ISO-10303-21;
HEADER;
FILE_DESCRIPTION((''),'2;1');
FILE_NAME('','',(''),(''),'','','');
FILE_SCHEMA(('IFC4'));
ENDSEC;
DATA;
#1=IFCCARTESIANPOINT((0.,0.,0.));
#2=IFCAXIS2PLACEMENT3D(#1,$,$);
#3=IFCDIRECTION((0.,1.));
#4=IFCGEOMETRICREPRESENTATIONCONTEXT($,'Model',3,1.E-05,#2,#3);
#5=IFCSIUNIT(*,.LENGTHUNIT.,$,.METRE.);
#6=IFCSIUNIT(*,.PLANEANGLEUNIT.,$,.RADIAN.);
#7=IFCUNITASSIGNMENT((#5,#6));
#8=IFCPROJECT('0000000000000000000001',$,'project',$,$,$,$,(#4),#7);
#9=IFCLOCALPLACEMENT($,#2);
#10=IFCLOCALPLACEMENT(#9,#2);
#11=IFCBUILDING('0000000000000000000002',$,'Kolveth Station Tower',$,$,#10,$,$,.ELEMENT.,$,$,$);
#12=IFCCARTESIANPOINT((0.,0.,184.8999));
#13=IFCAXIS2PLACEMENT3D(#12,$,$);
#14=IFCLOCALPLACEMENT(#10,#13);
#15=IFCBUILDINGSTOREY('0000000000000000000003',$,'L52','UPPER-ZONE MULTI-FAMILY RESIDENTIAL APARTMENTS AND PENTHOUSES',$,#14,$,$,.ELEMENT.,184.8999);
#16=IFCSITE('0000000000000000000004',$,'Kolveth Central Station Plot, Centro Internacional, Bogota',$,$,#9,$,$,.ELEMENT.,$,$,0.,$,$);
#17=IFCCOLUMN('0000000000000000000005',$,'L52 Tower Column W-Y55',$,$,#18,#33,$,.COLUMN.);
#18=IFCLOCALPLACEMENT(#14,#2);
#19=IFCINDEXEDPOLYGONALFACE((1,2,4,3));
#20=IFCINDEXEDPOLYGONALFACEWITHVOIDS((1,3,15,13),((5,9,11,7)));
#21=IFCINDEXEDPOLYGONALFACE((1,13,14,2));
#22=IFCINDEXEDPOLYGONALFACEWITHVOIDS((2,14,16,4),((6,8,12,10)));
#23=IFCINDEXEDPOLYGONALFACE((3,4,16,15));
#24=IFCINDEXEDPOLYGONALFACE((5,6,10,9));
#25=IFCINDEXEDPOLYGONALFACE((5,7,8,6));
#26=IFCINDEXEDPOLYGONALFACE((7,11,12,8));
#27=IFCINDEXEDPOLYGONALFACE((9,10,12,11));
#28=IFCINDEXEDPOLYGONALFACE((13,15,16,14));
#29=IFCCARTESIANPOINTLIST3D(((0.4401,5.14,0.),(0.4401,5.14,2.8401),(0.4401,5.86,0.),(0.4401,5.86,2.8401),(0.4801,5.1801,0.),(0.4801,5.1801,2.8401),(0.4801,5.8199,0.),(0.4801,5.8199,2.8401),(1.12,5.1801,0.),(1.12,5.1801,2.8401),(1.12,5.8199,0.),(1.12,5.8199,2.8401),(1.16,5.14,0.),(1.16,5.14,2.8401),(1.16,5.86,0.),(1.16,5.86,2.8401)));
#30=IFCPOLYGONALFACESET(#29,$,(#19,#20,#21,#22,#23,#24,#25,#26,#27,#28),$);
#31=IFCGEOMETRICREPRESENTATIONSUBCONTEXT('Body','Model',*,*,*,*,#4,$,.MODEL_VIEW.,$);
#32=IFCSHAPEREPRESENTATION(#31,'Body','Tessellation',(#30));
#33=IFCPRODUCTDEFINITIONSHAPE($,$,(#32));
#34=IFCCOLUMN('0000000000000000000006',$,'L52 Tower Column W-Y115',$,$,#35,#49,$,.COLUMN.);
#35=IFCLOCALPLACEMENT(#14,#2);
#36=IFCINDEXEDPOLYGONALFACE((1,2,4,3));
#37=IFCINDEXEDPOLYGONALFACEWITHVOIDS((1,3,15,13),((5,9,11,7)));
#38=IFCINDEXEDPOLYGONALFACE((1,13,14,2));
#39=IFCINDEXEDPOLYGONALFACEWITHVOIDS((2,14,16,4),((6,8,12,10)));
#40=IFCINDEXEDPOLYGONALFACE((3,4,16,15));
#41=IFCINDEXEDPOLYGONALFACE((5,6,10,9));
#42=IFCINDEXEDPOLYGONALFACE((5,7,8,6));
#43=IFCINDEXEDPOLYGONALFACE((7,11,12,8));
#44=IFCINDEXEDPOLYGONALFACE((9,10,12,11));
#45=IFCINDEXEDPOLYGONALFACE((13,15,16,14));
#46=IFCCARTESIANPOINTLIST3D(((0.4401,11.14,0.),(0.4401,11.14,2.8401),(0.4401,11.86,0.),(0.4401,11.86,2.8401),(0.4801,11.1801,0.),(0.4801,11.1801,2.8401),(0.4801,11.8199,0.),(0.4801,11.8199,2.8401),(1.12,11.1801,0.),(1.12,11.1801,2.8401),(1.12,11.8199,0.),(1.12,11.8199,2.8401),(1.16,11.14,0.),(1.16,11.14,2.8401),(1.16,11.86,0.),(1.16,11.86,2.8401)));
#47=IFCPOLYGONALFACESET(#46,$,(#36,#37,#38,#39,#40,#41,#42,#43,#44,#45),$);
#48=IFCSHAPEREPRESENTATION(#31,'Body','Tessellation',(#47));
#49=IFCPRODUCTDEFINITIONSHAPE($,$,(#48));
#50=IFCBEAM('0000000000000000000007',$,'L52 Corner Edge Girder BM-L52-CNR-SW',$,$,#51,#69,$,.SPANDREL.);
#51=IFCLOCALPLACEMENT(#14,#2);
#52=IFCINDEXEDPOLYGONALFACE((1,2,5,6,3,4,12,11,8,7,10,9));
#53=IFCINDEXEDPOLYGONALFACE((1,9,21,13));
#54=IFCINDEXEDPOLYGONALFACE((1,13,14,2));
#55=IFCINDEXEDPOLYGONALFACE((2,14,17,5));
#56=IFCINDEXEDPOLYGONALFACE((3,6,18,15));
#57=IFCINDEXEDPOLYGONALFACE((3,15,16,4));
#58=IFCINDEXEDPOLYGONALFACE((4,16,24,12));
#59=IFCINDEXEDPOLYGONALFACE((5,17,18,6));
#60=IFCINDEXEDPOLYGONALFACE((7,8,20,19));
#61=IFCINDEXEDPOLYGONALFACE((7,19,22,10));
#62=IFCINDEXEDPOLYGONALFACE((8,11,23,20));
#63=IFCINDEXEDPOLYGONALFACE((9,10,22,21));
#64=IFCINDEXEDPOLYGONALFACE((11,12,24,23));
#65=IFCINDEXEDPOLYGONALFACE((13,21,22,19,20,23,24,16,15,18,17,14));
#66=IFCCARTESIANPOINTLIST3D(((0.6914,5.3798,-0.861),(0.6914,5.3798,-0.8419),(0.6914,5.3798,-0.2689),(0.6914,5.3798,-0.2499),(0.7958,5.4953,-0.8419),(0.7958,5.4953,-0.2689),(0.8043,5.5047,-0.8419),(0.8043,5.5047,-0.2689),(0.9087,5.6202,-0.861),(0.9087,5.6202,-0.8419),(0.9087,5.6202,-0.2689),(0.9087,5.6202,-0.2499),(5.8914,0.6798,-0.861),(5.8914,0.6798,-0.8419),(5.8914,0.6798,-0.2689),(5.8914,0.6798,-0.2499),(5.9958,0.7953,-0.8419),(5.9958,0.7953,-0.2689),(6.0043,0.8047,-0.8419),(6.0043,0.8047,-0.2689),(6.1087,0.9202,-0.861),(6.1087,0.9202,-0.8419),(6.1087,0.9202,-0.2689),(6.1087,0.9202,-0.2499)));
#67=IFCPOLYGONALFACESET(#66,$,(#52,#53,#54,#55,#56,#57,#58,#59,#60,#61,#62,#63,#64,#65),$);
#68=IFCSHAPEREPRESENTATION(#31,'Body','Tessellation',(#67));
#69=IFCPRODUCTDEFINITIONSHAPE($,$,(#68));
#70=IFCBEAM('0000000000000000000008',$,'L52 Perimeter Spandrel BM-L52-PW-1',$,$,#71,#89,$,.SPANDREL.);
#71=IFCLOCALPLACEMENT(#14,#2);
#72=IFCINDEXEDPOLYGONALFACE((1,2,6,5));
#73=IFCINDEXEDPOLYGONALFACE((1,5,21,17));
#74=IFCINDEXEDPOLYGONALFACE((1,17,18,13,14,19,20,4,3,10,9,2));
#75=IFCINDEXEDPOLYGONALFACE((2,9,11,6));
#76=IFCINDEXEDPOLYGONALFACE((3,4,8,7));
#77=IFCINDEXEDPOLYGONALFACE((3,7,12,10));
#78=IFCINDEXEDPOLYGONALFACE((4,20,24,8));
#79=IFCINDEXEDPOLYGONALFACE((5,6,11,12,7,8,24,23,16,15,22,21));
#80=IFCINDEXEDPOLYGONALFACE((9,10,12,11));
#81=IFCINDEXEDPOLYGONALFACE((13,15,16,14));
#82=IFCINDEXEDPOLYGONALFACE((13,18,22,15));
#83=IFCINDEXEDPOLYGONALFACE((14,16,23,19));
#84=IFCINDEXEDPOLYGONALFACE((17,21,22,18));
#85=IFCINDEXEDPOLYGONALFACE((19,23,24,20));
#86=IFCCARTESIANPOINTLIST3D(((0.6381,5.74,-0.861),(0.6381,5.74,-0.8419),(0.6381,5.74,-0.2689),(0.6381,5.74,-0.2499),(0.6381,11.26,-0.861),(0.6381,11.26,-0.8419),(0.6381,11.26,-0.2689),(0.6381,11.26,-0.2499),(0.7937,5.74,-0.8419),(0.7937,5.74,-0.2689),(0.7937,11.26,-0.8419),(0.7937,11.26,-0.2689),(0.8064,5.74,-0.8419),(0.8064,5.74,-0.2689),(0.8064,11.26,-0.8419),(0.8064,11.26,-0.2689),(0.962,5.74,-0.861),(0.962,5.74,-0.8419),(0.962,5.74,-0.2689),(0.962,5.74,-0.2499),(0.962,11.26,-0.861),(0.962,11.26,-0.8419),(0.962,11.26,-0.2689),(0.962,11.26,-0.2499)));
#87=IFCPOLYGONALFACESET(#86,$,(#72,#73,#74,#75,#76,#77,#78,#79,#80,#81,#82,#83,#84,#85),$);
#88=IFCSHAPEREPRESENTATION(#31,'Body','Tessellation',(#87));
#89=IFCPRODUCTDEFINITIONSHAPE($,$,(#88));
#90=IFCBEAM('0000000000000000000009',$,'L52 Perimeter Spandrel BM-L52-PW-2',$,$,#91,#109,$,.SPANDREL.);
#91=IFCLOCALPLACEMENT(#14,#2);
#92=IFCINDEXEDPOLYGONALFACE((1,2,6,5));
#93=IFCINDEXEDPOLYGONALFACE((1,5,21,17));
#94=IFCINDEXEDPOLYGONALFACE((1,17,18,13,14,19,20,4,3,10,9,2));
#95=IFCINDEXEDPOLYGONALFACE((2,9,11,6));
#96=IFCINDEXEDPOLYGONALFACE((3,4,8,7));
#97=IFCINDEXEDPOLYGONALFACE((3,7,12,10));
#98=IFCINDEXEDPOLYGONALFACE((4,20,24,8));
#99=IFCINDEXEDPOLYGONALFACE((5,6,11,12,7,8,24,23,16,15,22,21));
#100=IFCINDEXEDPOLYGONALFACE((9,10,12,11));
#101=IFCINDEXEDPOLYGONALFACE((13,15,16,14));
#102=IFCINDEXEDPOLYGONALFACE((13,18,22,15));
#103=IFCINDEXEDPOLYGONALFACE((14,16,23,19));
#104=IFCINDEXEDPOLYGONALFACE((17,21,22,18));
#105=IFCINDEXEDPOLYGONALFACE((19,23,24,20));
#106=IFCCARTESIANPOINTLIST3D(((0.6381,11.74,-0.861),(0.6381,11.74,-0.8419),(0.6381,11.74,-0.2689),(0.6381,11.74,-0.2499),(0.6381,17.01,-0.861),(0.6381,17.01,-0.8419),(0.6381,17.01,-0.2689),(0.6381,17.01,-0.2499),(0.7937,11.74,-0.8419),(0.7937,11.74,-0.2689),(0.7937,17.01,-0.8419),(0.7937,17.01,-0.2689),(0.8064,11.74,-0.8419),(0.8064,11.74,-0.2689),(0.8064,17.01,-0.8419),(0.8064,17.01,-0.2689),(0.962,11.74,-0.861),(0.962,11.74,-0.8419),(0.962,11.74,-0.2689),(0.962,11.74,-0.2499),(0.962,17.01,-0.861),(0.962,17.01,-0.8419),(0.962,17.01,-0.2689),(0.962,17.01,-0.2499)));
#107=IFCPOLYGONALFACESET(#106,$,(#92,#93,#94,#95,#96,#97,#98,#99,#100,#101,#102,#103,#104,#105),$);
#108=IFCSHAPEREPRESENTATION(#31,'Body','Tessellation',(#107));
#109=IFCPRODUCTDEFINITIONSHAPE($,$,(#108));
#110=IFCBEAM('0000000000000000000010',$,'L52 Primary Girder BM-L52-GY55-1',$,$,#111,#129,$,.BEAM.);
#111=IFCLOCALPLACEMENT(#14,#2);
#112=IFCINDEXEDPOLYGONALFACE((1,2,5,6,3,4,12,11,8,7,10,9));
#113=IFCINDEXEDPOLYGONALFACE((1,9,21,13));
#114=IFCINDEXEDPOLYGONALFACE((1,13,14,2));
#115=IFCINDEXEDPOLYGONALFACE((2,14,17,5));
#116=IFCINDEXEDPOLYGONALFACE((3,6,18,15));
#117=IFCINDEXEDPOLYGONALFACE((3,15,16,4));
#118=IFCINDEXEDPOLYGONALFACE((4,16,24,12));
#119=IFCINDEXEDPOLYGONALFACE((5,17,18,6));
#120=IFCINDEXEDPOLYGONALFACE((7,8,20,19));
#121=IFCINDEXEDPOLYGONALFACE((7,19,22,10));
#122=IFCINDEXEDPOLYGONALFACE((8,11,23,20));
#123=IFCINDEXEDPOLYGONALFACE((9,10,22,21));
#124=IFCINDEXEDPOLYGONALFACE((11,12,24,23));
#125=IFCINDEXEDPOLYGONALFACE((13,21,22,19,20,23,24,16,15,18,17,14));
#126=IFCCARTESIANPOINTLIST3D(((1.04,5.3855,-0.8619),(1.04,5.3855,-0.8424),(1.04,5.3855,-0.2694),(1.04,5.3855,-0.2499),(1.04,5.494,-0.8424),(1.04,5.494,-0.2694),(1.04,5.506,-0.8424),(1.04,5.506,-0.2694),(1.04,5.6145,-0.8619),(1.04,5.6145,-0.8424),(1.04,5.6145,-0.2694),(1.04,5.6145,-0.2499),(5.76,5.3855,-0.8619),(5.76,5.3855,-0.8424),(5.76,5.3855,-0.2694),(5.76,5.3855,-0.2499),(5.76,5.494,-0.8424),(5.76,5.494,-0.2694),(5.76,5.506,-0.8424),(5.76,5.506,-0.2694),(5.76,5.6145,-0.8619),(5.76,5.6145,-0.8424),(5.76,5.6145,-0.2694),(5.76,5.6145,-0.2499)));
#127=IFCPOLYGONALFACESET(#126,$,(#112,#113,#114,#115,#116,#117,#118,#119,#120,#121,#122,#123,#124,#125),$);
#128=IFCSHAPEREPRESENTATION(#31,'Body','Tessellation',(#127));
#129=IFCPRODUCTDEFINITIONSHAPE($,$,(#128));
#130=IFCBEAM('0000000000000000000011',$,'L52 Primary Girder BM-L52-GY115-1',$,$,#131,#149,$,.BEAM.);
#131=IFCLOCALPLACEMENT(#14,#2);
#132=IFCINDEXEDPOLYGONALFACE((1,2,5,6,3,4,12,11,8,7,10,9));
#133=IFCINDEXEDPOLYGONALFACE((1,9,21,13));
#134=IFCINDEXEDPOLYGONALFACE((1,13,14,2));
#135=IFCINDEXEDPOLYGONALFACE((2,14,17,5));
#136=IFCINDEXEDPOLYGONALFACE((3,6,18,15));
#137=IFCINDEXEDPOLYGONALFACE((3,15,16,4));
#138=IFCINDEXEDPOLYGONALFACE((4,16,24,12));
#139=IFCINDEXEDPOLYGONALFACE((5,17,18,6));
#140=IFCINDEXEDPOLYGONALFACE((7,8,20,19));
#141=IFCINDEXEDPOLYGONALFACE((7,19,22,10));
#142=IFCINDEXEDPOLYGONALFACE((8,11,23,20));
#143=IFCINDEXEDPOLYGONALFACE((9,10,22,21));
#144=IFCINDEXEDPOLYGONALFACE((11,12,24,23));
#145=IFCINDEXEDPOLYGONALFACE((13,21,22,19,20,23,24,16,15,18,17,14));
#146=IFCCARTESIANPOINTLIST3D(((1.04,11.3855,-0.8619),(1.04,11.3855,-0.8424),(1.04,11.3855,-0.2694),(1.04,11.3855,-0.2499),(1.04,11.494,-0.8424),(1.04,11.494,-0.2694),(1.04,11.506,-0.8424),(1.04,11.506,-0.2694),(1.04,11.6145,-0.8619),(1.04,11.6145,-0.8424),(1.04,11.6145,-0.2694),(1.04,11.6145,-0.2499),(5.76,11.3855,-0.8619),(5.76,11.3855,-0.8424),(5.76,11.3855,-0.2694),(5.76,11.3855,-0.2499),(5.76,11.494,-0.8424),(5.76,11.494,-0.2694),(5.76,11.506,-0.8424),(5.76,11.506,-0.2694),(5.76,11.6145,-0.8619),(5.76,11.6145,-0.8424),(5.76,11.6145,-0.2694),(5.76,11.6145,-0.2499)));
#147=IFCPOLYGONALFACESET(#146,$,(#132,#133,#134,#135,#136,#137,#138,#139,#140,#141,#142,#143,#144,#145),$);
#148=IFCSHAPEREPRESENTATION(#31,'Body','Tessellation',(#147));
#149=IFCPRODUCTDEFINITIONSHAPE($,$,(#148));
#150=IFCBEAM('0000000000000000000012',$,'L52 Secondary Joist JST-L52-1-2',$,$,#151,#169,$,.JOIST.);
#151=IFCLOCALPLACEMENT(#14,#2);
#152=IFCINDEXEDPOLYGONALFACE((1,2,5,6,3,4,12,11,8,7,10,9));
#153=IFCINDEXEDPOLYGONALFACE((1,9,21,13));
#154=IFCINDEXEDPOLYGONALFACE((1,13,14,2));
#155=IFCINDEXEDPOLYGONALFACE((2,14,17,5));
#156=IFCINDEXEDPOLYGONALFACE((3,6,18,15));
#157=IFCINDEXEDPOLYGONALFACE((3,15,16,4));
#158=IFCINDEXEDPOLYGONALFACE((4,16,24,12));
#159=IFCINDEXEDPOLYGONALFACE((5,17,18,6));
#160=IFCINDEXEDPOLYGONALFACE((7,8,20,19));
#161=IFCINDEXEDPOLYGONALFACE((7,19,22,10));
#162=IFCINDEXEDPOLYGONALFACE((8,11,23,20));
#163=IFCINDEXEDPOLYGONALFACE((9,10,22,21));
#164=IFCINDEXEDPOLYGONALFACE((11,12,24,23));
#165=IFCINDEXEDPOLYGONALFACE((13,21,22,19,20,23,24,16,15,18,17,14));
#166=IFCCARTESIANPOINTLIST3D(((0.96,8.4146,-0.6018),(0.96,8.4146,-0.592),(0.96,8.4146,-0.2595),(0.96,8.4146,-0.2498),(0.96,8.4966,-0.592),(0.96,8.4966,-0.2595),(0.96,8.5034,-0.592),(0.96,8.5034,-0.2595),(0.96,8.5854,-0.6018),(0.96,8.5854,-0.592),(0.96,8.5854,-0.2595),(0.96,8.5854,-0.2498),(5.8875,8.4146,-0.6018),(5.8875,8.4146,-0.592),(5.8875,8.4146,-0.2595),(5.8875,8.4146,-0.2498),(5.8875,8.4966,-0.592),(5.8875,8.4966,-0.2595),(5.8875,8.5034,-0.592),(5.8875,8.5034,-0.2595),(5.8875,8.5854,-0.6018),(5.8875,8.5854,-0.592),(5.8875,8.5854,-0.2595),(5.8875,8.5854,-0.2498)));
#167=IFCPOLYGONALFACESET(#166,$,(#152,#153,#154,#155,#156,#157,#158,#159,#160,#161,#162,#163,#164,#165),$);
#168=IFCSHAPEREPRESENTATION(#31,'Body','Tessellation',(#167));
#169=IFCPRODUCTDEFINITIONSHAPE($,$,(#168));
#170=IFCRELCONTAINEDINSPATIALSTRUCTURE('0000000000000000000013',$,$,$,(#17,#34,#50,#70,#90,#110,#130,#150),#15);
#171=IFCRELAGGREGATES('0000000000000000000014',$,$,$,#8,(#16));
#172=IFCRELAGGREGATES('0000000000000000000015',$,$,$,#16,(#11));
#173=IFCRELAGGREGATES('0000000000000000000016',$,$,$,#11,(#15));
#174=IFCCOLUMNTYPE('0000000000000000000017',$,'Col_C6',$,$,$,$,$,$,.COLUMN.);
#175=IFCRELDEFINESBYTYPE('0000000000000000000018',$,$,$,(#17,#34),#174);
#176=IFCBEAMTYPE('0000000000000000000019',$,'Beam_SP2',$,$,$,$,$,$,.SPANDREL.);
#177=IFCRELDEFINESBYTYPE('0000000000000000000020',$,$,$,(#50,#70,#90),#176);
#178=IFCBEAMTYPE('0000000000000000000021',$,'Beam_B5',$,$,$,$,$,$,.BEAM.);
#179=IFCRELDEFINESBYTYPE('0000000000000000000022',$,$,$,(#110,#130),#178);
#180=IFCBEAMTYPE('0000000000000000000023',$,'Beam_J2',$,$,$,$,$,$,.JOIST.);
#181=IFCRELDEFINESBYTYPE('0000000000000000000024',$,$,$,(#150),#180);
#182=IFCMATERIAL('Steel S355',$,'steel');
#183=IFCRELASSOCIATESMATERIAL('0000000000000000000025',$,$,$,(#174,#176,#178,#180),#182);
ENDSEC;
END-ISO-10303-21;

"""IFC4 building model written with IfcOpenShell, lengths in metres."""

from ifc_helpers import new_model, si_unit, direction, frame, origin, origin_2d, place, context, subcontext, project, spatial, hollow_rectangle, i_section, extrude, source, transform, mapped, material, material_profile, profile_set, type_object, element, save


model = new_model("IFC4")

# Units and contexts
model_context = context("Model", 3, precision=1e-05, world=origin(), true_north=direction((0.0, 1.0)))
body_context = subcontext(model_context, "Body", "Model", "MODEL_VIEW")
ifc_project = project(units=[si_unit("LENGTHUNIT", "METRE"), si_unit("PLANEANGLEUNIT", "RADIAN")], contexts=[model_context])

# Site, building, storey
site_placement = place(None, origin())
site = spatial("IfcSite", under=ifc_project, at=site_placement, Name="Kolveth Central Station Plot, Centro Internacional, Bogota", CompositionType="ELEMENT", RefElevation=0.0)
building_placement = place(site_placement, origin())
building = spatial("IfcBuilding", under=site, at=building_placement, Name="Kolveth Station Tower", CompositionType="ELEMENT")
storey_placement = place(building_placement, frame((0.0, 0.0, 184.8999)))
storey = spatial("IfcBuildingStorey", under=building, at=storey_placement, Name="L52", Description="UPPER-ZONE MULTI-FAMILY RESIDENTIAL APARTMENTS AND PENTHOUSES", CompositionType="ELEMENT", Elevation=184.8999)

# Columns
ifc_material_1 = material(Name="Steel S355", Category="steel")
ifc_material_profile_1 = material_profile(ifc_material_1, hollow_rectangle(XDim=0.72, YDim=0.72, WallThickness=0.04, at=origin_2d()), Name="BOX720x720x40")
ifc_profile_set_1 = profile_set([ifc_material_profile_1], Name="Steel S355")
column_type = type_object("IfcColumnType", Name="Col_C6", PredefinedType="COLUMN", material=ifc_profile_set_1)
shared_shape_1 = source(origin(), body_context, "Body", "SweptSolid", [
    extrude(hollow_rectangle(XDim=0.72, YDim=0.72, WallThickness=0.04, at=origin_2d()), origin(), (0.0, 0.0, 1.0), 2.8401),
])
for number, where, z_axis, x_axis, name in (
    (1, (0.8, 5.5, 0.0), (0.0, 0.0, 1.0), (1.0, 0.0, 0.0), "L52 Tower Column W-Y55"),
    (2, (0.8, 11.5, 0.0), (0.0, 0.0, 1.0), (1.0, 0.0, 0.0), "L52 Tower Column W-Y115"),
):
    element("IfcColumn", number, at=place(storey_placement, frame(where, z_axis=z_axis, x_axis=x_axis)), inside=storey, type_object=column_type, Name=name, PredefinedType="COLUMN", context=body_context, shape_type="MappedRepresentation", body=[
        mapped(shared_shape_1, transform((0.0, 0.0, 0.0), x_axis=(1.0, 0.0, 0.0), y_axis=(0.0, 1.0, 0.0), z_axis=(0.0, 0.0, 1.0), scale=1.0)),
    ])

# Beams
ifc_material_profile_2 = material_profile(ifc_material_1, i_section(OverallWidth=0.324, OverallDepth=0.6111, WebThickness=0.0127, FlangeThickness=0.019, at=origin_2d()), Name="W610x155")
ifc_profile_set_2 = profile_set([ifc_material_profile_2], Name="Steel S355")
beam_type_1 = type_object("IfcBeamType", Name="Beam_SP2", PredefinedType="SPANDREL", material=ifc_profile_set_2)
shared_shape_2 = source(origin(), body_context, "Body", "SweptSolid", [
    extrude(i_section(OverallWidth=0.324, OverallDepth=0.6111, WebThickness=0.0127, FlangeThickness=0.019, at=origin_2d()), origin(), (0.0, 0.0, 1.0), 7.0093),
])
beam_1_placement = place(storey_placement, frame((0.8, 5.5, -0.5554), z_axis=(0.741874, -0.670539, 0.0), x_axis=(0.670539, 0.741874, 0.0)))
element("IfcBeam", 3, at=beam_1_placement, inside=storey, type_object=beam_type_1, Name="L52 Corner Edge Girder BM-L52-CNR-SW", PredefinedType="SPANDREL", context=body_context, shape_type="MappedRepresentation", body=[
    mapped(shared_shape_2, transform((0.0, 0.0, 0.0), x_axis=(1.0, 0.0, 0.0), y_axis=(0.0, 1.0, 0.0), z_axis=(0.0, 0.0, 1.0), scale=1.0)),
])
shared_shape_3 = source(origin(), body_context, "Body", "SweptSolid", [
    extrude(i_section(OverallWidth=0.324, OverallDepth=0.6111, WebThickness=0.0127, FlangeThickness=0.019, at=origin_2d()), origin(), (0.0, 0.0, 1.0), 5.52),
])
beam_2_placement = place(storey_placement, frame((0.8, 5.74, -0.5554), z_axis=(0.0, 1.0, 0.0), x_axis=(-1.0, 0.0, 0.0)))
element("IfcBeam", 4, at=beam_2_placement, inside=storey, type_object=beam_type_1, Name="L52 Perimeter Spandrel BM-L52-PW-1", PredefinedType="SPANDREL", context=body_context, shape_type="MappedRepresentation", body=[
    mapped(shared_shape_3, transform((0.0, 0.0, 0.0), x_axis=(1.0, 0.0, 0.0), y_axis=(0.0, 1.0, 0.0), z_axis=(0.0, 0.0, 1.0), scale=1.0)),
])
shared_shape_4 = source(origin(), body_context, "Body", "SweptSolid", [
    extrude(i_section(OverallWidth=0.324, OverallDepth=0.6111, WebThickness=0.0127, FlangeThickness=0.019, at=origin_2d()), origin(), (0.0, 0.0, 1.0), 5.27),
])
beam_3_placement = place(storey_placement, frame((0.8, 11.74, -0.5554), z_axis=(0.0, 1.0, 0.0), x_axis=(-1.0, 0.0, 0.0)))
element("IfcBeam", 5, at=beam_3_placement, inside=storey, type_object=beam_type_1, Name="L52 Perimeter Spandrel BM-L52-PW-2", PredefinedType="SPANDREL", context=body_context, shape_type="MappedRepresentation", body=[
    mapped(shared_shape_4, transform((0.0, 0.0, 0.0), x_axis=(1.0, 0.0, 0.0), y_axis=(0.0, 1.0, 0.0), z_axis=(0.0, 0.0, 1.0), scale=1.0)),
])
ifc_material_profile_3 = material_profile(ifc_material_1, i_section(OverallWidth=0.229, OverallDepth=0.6121, WebThickness=0.012, FlangeThickness=0.0195, at=origin_2d()), Name="W610x125")
ifc_profile_set_3 = profile_set([ifc_material_profile_3], Name="Steel S355")
beam_type_2 = type_object("IfcBeamType", Name="Beam_B5", PredefinedType="BEAM", material=ifc_profile_set_3)
shared_shape_5 = source(origin(), body_context, "Body", "SweptSolid", [
    extrude(i_section(OverallWidth=0.229, OverallDepth=0.6121, WebThickness=0.012, FlangeThickness=0.0195, at=origin_2d()), origin(), (0.0, 0.0, 1.0), 4.72),
])
for number, where, z_axis, x_axis, name in (
    (6, (1.04, 5.5, -0.5559), (1.0, 0.0, 0.0), (0.0, 1.0, 0.0), "L52 Primary Girder BM-L52-GY55-1"),
    (7, (1.04, 11.5, -0.5559), (1.0, 0.0, 0.0), (0.0, 1.0, 0.0), "L52 Primary Girder BM-L52-GY115-1"),
):
    element("IfcBeam", number, at=place(storey_placement, frame(where, z_axis=z_axis, x_axis=x_axis)), inside=storey, type_object=beam_type_2, Name=name, PredefinedType="BEAM", context=body_context, shape_type="MappedRepresentation", body=[
        mapped(shared_shape_5, transform((0.0, 0.0, 0.0), x_axis=(1.0, 0.0, 0.0), y_axis=(0.0, 1.0, 0.0), z_axis=(0.0, 0.0, 1.0), scale=1.0)),
    ])
ifc_material_profile_4 = material_profile(ifc_material_1, i_section(OverallWidth=0.1709, OverallDepth=0.3521, WebThickness=0.0068, FlangeThickness=0.0098, at=origin_2d()), Name="W360x44")
ifc_profile_set_4 = profile_set([ifc_material_profile_4], Name="Steel S355")
beam_type_3 = type_object("IfcBeamType", Name="Beam_J2", PredefinedType="JOIST", material=ifc_profile_set_4)
shared_shape_6 = source(origin(), body_context, "Body", "SweptSolid", [
    extrude(i_section(OverallWidth=0.1709, OverallDepth=0.3521, WebThickness=0.0068, FlangeThickness=0.0098, at=origin_2d()), origin(), (0.0, 0.0, 1.0), 4.9275),
])
for number, where, z_axis, x_axis, name in (
    (8, (0.96, 8.5, -0.4258), (1.0, 0.0, 0.0), (0.0, 1.0, 0.0), "L52 Secondary Joist JST-L52-1-2"),
):
    element("IfcBeam", number, at=place(storey_placement, frame(where, z_axis=z_axis, x_axis=x_axis)), inside=storey, type_object=beam_type_3, Name=name, PredefinedType="JOIST", context=body_context, shape_type="MappedRepresentation", body=[
        mapped(shared_shape_6, transform((0.0, 0.0, 0.0), x_axis=(1.0, 0.0, 0.0), y_axis=(0.0, 1.0, 0.0), z_axis=(0.0, 0.0, 1.0), scale=1.0)),
    ])

save(model, "model.ifc")
